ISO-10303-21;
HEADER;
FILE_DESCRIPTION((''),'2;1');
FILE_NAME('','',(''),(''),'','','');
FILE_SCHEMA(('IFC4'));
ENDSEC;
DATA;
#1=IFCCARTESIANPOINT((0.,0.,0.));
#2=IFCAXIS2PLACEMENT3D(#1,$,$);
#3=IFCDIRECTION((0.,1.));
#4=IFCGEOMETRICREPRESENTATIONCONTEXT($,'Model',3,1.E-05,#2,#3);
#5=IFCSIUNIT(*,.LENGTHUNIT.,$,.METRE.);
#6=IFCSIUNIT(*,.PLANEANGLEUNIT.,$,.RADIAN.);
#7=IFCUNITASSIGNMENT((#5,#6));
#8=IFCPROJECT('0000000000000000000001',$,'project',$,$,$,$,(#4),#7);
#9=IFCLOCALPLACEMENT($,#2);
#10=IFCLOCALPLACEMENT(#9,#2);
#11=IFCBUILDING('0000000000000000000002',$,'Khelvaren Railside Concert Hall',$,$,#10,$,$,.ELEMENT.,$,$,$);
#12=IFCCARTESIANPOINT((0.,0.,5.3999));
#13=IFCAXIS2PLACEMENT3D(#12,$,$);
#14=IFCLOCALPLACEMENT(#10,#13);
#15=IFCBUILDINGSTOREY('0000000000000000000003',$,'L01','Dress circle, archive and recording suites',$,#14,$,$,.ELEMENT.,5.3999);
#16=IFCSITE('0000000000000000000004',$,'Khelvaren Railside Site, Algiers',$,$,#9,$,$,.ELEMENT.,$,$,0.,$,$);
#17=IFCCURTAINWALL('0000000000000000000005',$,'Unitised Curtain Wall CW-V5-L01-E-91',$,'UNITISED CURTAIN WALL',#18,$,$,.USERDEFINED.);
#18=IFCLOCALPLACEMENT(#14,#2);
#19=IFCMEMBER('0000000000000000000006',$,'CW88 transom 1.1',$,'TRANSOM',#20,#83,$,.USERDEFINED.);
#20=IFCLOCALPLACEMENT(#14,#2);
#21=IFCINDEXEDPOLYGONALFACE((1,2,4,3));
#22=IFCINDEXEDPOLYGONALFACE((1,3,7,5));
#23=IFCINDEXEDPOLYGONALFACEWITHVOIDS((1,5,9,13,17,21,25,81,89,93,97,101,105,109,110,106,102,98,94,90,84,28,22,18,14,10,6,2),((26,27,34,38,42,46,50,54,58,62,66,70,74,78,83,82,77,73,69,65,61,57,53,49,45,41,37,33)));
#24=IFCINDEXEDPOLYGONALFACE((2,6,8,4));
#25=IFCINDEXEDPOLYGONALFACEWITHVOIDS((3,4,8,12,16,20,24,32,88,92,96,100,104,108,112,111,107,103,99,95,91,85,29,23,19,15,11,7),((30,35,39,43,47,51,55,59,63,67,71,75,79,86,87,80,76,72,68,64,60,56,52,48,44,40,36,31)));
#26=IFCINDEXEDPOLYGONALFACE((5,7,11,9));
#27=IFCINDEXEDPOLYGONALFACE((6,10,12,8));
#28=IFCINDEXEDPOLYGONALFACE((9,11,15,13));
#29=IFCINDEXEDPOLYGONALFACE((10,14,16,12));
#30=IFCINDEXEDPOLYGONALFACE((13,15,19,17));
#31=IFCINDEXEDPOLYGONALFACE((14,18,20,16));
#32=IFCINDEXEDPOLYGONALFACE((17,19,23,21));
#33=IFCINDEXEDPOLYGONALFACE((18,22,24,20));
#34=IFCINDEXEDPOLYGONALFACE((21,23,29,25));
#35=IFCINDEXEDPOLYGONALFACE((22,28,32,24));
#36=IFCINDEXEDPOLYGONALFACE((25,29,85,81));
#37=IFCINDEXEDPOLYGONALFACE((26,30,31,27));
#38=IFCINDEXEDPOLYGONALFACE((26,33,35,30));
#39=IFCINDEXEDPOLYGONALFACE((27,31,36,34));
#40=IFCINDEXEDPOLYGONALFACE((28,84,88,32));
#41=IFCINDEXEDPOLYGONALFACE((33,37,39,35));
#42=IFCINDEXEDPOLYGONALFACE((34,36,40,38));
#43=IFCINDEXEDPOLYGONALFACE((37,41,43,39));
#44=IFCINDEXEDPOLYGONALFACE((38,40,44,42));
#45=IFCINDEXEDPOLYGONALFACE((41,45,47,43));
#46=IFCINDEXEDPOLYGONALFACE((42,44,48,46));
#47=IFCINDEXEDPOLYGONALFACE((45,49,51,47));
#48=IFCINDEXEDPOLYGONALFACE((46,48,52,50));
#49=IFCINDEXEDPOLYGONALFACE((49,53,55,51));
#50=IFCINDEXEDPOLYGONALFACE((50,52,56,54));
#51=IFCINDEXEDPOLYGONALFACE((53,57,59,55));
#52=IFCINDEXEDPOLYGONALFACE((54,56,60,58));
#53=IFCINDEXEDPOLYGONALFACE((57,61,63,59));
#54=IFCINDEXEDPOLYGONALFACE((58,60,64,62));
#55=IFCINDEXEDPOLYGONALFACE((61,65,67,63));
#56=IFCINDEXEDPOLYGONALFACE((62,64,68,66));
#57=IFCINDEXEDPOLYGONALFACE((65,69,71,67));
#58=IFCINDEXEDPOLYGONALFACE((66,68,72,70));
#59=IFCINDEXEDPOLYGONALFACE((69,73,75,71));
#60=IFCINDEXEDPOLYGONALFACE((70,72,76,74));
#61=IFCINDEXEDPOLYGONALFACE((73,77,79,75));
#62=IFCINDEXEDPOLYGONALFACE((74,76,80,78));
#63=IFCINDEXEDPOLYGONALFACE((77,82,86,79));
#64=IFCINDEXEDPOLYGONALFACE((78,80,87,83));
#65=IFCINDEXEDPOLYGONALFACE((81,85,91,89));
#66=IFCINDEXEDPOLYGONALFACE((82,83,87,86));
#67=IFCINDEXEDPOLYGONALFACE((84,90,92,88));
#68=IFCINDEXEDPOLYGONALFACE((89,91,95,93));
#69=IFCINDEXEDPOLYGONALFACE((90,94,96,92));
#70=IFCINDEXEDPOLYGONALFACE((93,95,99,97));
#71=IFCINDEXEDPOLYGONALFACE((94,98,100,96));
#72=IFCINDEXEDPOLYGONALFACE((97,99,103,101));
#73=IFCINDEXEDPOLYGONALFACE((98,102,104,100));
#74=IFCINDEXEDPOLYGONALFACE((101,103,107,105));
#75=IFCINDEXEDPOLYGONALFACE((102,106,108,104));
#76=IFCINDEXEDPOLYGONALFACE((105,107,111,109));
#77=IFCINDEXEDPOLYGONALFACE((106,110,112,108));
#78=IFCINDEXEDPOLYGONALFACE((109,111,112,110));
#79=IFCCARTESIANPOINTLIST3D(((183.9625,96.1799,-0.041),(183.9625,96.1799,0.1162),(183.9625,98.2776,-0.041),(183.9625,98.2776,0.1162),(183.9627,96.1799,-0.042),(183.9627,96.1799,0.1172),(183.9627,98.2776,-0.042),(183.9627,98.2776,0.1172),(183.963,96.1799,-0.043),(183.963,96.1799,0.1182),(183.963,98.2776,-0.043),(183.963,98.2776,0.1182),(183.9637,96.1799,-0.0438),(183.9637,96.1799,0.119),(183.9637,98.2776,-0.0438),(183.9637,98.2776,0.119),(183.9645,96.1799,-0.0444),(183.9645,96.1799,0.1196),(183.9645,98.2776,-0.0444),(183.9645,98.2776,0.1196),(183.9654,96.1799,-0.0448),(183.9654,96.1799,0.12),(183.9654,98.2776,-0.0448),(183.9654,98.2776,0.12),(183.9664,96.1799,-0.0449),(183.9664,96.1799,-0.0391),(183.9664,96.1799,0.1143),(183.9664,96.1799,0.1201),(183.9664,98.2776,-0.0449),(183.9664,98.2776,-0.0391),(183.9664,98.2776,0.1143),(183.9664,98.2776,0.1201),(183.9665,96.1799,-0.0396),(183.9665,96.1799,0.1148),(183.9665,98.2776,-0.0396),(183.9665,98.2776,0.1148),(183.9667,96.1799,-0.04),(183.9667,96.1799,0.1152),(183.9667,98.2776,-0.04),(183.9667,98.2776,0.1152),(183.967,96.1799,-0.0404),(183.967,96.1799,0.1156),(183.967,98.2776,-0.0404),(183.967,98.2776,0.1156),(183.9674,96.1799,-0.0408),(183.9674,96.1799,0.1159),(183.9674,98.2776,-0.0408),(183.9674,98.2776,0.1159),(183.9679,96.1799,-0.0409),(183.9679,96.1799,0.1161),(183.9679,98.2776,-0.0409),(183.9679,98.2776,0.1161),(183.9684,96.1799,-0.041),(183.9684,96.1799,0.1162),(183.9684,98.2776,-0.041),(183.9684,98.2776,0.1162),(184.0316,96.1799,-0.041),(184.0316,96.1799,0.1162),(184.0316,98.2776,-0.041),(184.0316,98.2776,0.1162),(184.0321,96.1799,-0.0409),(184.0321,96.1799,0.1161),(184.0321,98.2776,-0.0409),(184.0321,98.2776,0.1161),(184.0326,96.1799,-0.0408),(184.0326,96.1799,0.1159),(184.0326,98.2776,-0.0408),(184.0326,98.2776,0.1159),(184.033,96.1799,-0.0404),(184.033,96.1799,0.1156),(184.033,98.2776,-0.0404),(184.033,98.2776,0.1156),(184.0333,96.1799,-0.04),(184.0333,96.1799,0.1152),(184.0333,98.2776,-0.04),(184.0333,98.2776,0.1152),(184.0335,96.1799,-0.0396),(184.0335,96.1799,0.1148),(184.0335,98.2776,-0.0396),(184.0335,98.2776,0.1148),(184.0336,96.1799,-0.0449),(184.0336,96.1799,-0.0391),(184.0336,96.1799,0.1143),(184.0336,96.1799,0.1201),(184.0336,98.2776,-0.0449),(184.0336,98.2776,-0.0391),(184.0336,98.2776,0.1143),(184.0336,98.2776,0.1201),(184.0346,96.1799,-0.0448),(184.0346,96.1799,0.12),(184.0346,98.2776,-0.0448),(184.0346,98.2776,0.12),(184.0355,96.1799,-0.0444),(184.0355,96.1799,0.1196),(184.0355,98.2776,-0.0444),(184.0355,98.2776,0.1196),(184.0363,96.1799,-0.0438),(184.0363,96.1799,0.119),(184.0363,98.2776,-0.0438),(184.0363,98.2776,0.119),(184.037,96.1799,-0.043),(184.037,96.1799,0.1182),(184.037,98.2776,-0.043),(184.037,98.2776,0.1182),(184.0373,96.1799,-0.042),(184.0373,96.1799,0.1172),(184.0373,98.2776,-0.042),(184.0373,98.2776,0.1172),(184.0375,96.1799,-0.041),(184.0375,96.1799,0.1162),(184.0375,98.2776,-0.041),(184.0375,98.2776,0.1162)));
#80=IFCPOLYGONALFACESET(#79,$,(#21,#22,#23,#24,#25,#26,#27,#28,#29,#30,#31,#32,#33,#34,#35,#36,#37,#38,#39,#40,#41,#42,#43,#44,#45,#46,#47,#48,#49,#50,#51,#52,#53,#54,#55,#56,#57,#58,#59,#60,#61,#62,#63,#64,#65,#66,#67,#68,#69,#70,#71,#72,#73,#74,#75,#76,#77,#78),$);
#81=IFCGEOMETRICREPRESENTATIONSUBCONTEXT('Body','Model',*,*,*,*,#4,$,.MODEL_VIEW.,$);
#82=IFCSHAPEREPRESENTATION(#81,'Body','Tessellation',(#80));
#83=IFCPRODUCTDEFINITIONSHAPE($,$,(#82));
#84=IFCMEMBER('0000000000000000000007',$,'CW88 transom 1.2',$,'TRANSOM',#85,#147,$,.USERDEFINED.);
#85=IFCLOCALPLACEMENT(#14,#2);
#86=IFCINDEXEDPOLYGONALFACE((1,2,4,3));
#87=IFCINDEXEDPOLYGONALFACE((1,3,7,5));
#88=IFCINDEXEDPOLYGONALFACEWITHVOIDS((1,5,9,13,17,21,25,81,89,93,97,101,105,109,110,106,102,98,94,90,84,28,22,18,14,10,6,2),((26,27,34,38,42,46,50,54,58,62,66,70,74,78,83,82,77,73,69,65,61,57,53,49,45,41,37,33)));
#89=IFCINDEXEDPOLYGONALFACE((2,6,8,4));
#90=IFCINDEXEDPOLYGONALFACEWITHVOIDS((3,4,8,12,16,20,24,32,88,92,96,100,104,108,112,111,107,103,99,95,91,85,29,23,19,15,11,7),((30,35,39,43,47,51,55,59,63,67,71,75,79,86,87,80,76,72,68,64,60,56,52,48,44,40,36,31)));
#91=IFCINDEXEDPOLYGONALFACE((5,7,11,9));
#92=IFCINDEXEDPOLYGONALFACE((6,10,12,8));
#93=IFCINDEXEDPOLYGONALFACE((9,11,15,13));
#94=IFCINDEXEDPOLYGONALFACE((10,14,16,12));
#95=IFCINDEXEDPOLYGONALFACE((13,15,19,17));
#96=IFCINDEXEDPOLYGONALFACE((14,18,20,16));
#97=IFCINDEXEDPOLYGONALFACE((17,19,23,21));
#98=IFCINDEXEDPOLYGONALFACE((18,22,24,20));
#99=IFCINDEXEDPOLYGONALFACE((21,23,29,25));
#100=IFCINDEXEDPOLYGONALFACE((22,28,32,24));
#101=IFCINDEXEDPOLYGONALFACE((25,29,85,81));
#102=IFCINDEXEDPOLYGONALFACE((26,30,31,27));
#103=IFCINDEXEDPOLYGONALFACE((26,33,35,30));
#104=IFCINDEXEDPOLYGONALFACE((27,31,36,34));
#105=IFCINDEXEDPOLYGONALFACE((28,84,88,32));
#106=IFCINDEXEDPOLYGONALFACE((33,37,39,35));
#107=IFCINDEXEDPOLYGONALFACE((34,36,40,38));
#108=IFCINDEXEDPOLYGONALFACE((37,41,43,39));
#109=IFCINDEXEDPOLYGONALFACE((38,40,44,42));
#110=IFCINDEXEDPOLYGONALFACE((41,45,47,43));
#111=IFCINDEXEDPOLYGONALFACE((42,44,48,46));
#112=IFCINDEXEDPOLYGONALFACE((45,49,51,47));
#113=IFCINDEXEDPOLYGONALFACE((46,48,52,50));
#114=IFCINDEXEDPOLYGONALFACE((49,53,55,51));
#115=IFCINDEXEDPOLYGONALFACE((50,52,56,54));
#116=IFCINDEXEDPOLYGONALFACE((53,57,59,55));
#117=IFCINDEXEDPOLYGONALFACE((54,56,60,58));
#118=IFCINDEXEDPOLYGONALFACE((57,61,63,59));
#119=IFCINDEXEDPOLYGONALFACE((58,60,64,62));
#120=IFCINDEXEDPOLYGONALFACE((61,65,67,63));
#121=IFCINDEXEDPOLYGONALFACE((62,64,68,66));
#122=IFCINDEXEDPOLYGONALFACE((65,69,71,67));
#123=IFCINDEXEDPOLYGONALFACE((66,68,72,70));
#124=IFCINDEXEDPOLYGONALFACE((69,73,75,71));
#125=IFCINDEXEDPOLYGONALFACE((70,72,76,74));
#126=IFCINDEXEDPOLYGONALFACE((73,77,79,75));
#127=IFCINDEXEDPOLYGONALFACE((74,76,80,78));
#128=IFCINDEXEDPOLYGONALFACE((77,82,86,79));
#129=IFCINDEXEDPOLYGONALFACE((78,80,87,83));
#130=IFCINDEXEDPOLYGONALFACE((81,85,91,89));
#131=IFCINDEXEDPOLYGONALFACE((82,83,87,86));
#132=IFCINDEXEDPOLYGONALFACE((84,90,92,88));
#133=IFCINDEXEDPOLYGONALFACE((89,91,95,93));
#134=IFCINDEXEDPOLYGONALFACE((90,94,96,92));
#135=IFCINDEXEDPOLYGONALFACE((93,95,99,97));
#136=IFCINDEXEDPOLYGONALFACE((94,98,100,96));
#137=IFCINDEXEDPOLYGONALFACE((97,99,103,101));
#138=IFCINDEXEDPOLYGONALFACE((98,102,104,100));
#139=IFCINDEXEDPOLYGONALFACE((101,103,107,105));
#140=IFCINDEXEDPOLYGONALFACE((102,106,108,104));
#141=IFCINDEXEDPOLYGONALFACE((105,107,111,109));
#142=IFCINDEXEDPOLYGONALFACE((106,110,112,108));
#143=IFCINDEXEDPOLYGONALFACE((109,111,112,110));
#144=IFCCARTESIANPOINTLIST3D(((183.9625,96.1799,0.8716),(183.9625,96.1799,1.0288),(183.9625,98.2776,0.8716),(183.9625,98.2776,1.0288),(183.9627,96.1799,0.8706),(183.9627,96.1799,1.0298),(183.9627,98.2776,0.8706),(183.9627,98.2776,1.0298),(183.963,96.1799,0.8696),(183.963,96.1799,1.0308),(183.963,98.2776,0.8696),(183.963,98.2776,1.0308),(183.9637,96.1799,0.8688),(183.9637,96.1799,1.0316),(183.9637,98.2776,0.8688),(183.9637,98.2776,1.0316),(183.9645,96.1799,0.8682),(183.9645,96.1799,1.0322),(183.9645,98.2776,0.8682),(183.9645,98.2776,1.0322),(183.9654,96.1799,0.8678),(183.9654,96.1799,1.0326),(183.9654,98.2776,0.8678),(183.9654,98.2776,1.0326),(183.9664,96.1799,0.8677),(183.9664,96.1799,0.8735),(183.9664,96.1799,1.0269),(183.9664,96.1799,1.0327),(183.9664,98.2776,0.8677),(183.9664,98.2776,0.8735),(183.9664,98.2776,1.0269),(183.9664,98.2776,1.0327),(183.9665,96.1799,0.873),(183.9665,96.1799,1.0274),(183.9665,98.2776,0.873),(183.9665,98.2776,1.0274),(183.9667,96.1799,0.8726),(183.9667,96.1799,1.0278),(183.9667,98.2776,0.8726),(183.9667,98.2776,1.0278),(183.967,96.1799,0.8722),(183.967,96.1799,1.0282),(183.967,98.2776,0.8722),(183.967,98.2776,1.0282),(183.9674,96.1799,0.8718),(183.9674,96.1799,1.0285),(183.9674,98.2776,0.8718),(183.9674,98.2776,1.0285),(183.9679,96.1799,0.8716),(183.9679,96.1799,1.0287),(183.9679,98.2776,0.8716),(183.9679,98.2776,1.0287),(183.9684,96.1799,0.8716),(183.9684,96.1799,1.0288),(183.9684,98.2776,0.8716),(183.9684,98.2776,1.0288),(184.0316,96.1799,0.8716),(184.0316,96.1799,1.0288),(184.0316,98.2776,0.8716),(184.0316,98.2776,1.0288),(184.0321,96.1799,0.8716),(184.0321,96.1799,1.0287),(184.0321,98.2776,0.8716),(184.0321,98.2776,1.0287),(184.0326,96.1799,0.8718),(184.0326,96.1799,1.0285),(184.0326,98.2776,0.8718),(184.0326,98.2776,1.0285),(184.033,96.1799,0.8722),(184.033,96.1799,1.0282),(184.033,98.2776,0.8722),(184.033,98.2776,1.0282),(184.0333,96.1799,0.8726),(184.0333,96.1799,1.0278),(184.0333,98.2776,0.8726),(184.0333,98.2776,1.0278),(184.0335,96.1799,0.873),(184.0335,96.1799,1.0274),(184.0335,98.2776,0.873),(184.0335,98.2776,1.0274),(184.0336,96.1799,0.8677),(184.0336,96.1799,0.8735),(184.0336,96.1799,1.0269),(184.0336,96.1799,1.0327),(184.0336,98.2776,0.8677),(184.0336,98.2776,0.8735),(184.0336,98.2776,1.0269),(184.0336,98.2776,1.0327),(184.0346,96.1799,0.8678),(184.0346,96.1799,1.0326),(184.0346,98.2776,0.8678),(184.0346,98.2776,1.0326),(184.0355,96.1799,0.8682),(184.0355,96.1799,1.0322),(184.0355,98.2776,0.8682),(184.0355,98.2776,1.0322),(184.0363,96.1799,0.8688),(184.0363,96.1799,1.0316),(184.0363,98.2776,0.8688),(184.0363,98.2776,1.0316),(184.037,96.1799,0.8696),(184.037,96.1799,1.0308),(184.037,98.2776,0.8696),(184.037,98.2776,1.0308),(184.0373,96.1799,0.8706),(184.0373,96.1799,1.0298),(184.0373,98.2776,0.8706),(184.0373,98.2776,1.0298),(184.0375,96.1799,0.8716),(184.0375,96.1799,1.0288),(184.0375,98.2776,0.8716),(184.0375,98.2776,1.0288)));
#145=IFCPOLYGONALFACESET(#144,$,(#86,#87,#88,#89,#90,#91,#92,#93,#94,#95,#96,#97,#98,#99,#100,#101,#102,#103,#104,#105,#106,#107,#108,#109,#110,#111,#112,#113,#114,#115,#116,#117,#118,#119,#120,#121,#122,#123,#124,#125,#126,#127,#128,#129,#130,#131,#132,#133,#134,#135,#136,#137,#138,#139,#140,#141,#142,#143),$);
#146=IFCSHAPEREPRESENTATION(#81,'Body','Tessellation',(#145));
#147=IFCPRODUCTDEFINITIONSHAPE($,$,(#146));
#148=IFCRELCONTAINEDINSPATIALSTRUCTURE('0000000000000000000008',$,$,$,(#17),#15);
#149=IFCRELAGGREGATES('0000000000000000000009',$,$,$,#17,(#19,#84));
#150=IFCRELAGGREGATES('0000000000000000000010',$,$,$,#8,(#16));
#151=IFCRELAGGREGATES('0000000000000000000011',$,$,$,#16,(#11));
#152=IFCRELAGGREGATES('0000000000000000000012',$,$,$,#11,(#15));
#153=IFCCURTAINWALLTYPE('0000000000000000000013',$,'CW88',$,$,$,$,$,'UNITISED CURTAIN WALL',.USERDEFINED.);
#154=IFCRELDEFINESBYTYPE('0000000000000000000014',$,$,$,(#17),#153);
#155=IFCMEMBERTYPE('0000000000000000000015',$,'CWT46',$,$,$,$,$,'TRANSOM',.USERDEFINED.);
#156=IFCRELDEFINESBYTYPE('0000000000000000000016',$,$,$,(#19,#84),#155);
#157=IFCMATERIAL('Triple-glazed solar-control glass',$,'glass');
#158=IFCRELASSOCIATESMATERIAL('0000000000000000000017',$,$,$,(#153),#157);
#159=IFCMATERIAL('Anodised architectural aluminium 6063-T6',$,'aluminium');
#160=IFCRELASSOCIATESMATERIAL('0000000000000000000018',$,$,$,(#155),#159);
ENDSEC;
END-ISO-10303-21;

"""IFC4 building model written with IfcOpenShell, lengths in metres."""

from ifc_helpers import new_model, si_unit, direction, frame, origin, origin_2d, place, context, subcontext, project, spatial, hollow_rectangle, extrude, material, material_profile, profile_set, type_object, element, aggregate, save


model = new_model("IFC4")

# Units and contexts
model_context = context("Model", 3, precision=1e-05, world=origin(), true_north=direction((0.0, 1.0)))
body_context = subcontext(model_context, "Body", "Model", "MODEL_VIEW")
ifc_project = project(units=[si_unit("LENGTHUNIT", "METRE"), si_unit("PLANEANGLEUNIT", "RADIAN")], contexts=[model_context])

# Site, building, storey
site_placement = place(None, origin())
site = spatial("IfcSite", under=ifc_project, at=site_placement, Name="Khelvaren Railside Site, Algiers", CompositionType="ELEMENT", RefElevation=0.0)
building_placement = place(site_placement, origin())
building = spatial("IfcBuilding", under=site, at=building_placement, Name="Khelvaren Railside Concert Hall", CompositionType="ELEMENT")
storey_placement = place(building_placement, frame((0.0, 0.0, 5.3999)))
storey = spatial("IfcBuildingStorey", under=building, at=storey_placement, Name="L01", Description="Dress circle, archive and recording suites", CompositionType="ELEMENT", Elevation=5.3999)

# Curtain wall, members
ifc_material_1 = material(Name="Triple-glazed solar-control glass", Category="glass")
curtain_wall_type = type_object("IfcCurtainWallType", Name="CW88", ElementType="UNITISED CURTAIN WALL", PredefinedType="USERDEFINED", material=ifc_material_1)
curtain_wall_placement = place(storey_placement, origin())
curtain_wall = element("IfcCurtainWall", 1, at=curtain_wall_placement, inside=storey, type_object=curtain_wall_type, Name="Unitised Curtain Wall CW-V5-L01-E-91", ObjectType="UNITISED CURTAIN WALL", PredefinedType="USERDEFINED")
ifc_material_2 = material(Name="Anodised architectural aluminium 6063-T6", Category="aluminium")
ifc_material_profile_1 = material_profile(ifc_material_2, hollow_rectangle(XDim=0.075, YDim=0.165, WallThickness=0.0039, InnerFilletRadius=0.002, OuterFilletRadius=0.0039, at=origin_2d()), Name="CWT 75x165x4")
ifc_profile_set_1 = profile_set([ifc_material_profile_1], Name="Anodised architectural aluminium 6063-T6")
member_type_1 = type_object("IfcMemberType", Name="CWT46", ElementType="TRANSOM", PredefinedType="USERDEFINED", material=ifc_profile_set_1)
member_1_placement = place(storey_placement, frame((184.0, 98.2776, 0.0376), z_axis=(0.0, -1.0, 0.0), x_axis=(1.0, 0.0, 0.0)))
member_1 = element("IfcMember", 2, at=member_1_placement, type_object=member_type_1, Name="CW88 transom 1.1", ObjectType="TRANSOM", PredefinedType="USERDEFINED", context=body_context, shape_type="SweptSolid", body=[
    extrude(hollow_rectangle(XDim=0.075, YDim=0.165, WallThickness=0.0039, InnerFilletRadius=0.002, OuterFilletRadius=0.0039, at=origin_2d()), origin(), (0.0, 0.0, 1.0), 2.0977),
])
member_2_placement = place(storey_placement, frame((184.0, 98.2776, 0.9502), z_axis=(0.0, -1.0, 0.0), x_axis=(1.0, 0.0, 0.0)))
member_2 = element("IfcMember", 3, at=member_2_placement, type_object=member_type_1, Name="CW88 transom 1.2", ObjectType="TRANSOM", PredefinedType="USERDEFINED", context=body_context, shape_type="SweptSolid", body=[
    extrude(hollow_rectangle(XDim=0.075, YDim=0.165, WallThickness=0.0039, InnerFilletRadius=0.002, OuterFilletRadius=0.0039, at=origin_2d()), origin(), (0.0, 0.0, 1.0), 2.0977),
])

aggregate(curtain_wall, [member_1, member_2])

save(model, "model.ifc")
